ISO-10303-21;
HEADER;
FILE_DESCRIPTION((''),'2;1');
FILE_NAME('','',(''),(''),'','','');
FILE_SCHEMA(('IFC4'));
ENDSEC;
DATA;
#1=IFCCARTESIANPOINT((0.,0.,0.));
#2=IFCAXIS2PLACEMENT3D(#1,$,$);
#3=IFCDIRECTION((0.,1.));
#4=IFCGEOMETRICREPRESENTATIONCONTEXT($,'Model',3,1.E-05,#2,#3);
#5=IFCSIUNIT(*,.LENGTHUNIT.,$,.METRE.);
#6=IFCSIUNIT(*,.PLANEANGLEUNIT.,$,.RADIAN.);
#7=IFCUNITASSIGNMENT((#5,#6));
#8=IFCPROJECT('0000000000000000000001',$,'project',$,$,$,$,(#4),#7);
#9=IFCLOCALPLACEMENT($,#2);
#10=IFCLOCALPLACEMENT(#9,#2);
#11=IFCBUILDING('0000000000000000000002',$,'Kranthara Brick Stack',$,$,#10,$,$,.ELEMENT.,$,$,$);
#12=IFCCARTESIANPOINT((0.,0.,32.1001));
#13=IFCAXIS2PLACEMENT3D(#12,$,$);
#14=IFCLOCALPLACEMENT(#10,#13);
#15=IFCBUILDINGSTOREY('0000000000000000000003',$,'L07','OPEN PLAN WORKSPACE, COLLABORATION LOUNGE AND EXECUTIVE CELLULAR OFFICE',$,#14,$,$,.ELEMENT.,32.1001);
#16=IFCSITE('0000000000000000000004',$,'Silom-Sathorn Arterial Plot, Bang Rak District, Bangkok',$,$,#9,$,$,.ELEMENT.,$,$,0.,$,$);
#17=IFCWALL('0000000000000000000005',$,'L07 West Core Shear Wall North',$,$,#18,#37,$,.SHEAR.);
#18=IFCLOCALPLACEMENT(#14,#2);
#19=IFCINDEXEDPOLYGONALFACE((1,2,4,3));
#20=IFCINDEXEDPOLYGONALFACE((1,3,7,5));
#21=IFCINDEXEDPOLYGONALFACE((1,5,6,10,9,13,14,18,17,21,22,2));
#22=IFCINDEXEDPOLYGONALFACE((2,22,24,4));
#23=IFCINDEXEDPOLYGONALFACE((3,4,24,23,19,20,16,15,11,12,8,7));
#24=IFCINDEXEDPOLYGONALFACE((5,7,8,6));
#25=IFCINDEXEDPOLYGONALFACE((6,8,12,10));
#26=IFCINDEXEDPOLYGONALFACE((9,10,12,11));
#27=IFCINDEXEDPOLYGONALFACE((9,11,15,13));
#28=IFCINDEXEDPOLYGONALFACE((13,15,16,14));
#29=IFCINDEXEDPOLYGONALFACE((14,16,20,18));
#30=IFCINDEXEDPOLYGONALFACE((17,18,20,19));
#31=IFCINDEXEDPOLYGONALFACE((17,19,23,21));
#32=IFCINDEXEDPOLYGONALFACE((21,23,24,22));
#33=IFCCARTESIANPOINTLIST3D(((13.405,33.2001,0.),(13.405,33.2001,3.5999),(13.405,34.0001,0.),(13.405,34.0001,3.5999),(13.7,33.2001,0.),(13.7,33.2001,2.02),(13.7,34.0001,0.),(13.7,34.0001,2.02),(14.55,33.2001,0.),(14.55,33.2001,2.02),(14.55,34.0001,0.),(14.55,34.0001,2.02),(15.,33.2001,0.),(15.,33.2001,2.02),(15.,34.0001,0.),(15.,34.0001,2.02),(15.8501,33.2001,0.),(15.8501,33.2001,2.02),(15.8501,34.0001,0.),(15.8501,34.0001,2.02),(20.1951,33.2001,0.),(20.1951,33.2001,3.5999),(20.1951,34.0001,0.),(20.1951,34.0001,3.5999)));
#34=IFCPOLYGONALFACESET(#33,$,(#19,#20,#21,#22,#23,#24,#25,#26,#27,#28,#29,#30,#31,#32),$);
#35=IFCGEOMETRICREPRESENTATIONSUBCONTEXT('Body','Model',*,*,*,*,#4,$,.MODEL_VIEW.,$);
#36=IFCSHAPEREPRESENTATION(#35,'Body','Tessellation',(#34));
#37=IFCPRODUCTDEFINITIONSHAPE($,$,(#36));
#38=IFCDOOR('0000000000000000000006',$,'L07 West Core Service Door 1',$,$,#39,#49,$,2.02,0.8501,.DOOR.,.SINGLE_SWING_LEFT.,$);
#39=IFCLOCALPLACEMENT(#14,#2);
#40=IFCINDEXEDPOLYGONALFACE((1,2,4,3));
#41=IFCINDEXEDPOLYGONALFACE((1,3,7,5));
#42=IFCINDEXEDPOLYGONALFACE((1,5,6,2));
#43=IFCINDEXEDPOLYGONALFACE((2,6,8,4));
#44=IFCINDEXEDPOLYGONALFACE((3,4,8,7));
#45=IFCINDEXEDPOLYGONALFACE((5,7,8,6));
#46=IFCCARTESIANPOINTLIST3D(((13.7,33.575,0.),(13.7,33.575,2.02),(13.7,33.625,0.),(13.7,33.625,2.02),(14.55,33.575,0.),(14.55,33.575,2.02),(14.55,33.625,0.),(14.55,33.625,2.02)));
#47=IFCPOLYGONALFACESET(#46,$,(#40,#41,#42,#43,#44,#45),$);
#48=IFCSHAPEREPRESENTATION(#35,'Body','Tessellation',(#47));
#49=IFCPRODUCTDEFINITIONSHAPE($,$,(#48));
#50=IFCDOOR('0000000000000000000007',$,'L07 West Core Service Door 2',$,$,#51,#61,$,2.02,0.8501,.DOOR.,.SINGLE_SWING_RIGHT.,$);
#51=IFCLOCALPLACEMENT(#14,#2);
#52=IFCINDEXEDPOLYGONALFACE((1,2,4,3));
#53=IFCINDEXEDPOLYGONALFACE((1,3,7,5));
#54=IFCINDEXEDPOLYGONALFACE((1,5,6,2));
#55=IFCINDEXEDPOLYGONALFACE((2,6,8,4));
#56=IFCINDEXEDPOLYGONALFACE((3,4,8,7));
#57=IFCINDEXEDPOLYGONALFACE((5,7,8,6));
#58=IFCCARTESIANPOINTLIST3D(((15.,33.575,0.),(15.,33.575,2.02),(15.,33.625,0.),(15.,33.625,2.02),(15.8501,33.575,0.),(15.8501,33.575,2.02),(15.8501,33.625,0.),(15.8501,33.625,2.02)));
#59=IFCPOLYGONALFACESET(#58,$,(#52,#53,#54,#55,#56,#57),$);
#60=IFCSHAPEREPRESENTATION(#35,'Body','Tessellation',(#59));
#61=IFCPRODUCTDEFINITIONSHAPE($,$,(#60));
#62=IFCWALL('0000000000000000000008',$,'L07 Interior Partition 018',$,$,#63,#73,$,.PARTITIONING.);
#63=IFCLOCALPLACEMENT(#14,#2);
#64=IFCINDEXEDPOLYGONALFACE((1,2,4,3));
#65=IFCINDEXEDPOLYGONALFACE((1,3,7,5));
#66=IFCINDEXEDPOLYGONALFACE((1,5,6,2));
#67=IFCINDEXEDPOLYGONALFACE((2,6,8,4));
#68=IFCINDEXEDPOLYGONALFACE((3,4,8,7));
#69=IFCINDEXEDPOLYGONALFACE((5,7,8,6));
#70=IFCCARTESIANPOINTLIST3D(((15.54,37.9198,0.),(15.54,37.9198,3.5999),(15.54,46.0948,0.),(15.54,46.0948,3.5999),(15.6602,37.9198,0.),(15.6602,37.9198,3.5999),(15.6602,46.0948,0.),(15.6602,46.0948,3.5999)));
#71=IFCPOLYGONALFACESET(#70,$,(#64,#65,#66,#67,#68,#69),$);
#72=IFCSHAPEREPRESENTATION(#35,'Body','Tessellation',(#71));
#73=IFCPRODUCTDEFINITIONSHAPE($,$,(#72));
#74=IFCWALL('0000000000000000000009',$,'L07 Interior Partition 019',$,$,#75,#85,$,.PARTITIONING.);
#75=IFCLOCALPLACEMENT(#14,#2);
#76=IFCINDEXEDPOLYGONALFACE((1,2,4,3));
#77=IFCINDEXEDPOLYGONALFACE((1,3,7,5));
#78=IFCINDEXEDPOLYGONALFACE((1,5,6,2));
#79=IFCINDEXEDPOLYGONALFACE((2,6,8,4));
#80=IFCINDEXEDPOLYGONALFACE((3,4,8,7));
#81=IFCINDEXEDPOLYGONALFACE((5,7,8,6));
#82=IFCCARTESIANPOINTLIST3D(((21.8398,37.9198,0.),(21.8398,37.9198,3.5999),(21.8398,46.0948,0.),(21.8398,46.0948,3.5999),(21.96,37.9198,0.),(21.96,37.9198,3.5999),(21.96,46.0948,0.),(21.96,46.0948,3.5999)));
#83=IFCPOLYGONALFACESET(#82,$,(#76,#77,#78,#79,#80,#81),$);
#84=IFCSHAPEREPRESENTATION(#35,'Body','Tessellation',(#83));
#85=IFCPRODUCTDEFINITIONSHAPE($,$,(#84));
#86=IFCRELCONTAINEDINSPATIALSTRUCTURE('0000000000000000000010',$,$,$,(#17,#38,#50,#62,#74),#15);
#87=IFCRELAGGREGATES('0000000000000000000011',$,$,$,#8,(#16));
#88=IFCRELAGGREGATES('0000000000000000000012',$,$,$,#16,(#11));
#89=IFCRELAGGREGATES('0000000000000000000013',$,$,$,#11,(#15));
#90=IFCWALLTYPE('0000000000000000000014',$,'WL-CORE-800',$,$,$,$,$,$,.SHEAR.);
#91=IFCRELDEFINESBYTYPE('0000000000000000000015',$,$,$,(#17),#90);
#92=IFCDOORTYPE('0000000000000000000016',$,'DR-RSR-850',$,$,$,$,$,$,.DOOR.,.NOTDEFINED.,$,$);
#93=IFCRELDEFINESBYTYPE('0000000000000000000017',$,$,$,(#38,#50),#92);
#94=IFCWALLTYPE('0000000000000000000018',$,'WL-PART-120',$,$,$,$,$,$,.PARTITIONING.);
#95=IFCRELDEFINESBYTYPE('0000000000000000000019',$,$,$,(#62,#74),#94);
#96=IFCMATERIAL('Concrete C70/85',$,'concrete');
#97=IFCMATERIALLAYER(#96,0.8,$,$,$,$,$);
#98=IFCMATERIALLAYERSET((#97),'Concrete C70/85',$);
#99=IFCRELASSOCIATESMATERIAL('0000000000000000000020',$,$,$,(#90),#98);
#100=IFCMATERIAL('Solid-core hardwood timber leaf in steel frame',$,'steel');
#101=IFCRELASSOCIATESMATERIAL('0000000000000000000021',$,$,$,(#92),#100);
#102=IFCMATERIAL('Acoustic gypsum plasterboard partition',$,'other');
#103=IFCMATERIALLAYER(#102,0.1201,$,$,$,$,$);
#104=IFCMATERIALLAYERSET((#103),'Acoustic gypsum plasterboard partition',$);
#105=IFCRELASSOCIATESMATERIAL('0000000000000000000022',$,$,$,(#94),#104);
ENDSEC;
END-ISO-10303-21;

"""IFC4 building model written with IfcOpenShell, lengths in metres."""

from ifc_helpers import new_model, si_unit, direction, frame, frame_2d, origin, place, context, subcontext, project, spatial, rectangle, extrude, material, layer, layer_set, type_object, element, fill, save


model = new_model("IFC4")

# Units and contexts
model_context = context("Model", 3, precision=1e-05, world=origin(), true_north=direction((0.0, 1.0)))
body_context = subcontext(model_context, "Body", "Model", "MODEL_VIEW")
ifc_project = project(units=[si_unit("LENGTHUNIT", "METRE"), si_unit("PLANEANGLEUNIT", "RADIAN")], contexts=[model_context])

# Site, building, storey
site_placement = place(None, origin())
site = spatial("IfcSite", under=ifc_project, at=site_placement, Name="Silom-Sathorn Arterial Plot, Bang Rak District, Bangkok", CompositionType="ELEMENT", RefElevation=0.0)
building_placement = place(site_placement, origin())
building = spatial("IfcBuilding", under=site, at=building_placement, Name="Kranthara Brick Stack", CompositionType="ELEMENT")
storey_placement = place(building_placement, frame((0.0, 0.0, 32.1001)))
storey = spatial("IfcBuildingStorey", under=building, at=storey_placement, Name="L07", Description="OPEN PLAN WORKSPACE, COLLABORATION LOUNGE AND EXECUTIVE CELLULAR OFFICE", CompositionType="ELEMENT", Elevation=32.1001)

# Wall, openings, doors
ifc_material_1 = material(Name="Concrete C70/85", Category="concrete")
ifc_layer_1 = layer(ifc_material_1, 0.8)
ifc_layer_set_1 = layer_set([ifc_layer_1], Name="Concrete C70/85")
wall_type_1 = type_object("IfcWallType", Name="WL-CORE-800", PredefinedType="SHEAR", material=ifc_layer_set_1)
wall_1_placement = place(storey_placement, frame((13.405, 33.6001, 0.0), z_axis=(0.0, 0.0, 1.0), x_axis=(1.0, 0.0, 0.0)))
wall_1 = element("IfcWall", 1, at=wall_1_placement, inside=storey, type_object=wall_type_1, Name="L07 West Core Shear Wall North", PredefinedType="SHEAR", context=body_context, shape_type="SweptSolid", body=[
    extrude(rectangle(XDim=6.79, YDim=0.8, at=frame_2d((3.395, 0.0))), origin(), (0.0, 0.0, 1.0), 3.5999),
])
opening_1_placement = place(wall_1_placement, frame((0.2949, 0.0, 0.0)))
opening_1 = element("IfcOpeningElement", 2, at=opening_1_placement, cuts=wall_1, PredefinedType="OPENING", context=body_context, shape_type="SweptSolid", body=[
    extrude(rectangle(XDim=0.8501, YDim=2.02, at=frame_2d((0.425, 1.01))), frame((0.0, 0.4099, 0.0), z_axis=(0.0, -1.0, 0.0), x_axis=(1.0, 0.0, 0.0)), (0.0, 0.0, 1.0), 0.8201),
])
opening_2_placement = place(wall_1_placement, frame((1.595, 0.0, 0.0)))
opening_2 = element("IfcOpeningElement", 3, at=opening_2_placement, cuts=wall_1, PredefinedType="OPENING", context=body_context, shape_type="SweptSolid", body=[
    extrude(rectangle(XDim=0.8501, YDim=2.02, at=frame_2d((0.425, 1.01))), frame((0.0, 0.4099, 0.0), z_axis=(0.0, -1.0, 0.0), x_axis=(1.0, 0.0, 0.0)), (0.0, 0.0, 1.0), 0.8201),
])
ifc_material_2 = material(Name="Solid-core hardwood timber leaf in steel frame", Category="steel")
door_type_1 = type_object("IfcDoorType", Name="DR-RSR-850", OperationType="NOTDEFINED", PredefinedType="DOOR", material=ifc_material_2)
door_1_placement = place(opening_1_placement, origin())
door_1 = element("IfcDoor", 4, at=door_1_placement, inside=storey, type_object=door_type_1, Name="L07 West Core Service Door 1", OperationType="SINGLE_SWING_LEFT", OverallHeight=2.02, OverallWidth=0.8501, PredefinedType="DOOR", context=body_context, shape_type="SweptSolid", body=[
    extrude(rectangle(XDim=0.8501, YDim=2.02, at=frame_2d((0.425, 1.01))), frame((0.0, 0.0249, 0.0), z_axis=(0.0, -1.0, 0.0), x_axis=(1.0, 0.0, 0.0)), (0.0, 0.0, 1.0), 0.05),
])
fill(opening_1, door_1)
door_2_placement = place(opening_2_placement, origin())
door_2 = element("IfcDoor", 5, at=door_2_placement, inside=storey, type_object=door_type_1, Name="L07 West Core Service Door 2", OperationType="SINGLE_SWING_RIGHT", OverallHeight=2.02, OverallWidth=0.8501, PredefinedType="DOOR", context=body_context, shape_type="SweptSolid", body=[
    extrude(rectangle(XDim=0.8501, YDim=2.02, at=frame_2d((0.425, 1.01))), frame((0.0, 0.0249, 0.0), z_axis=(0.0, -1.0, 0.0), x_axis=(1.0, 0.0, 0.0)), (0.0, 0.0, 1.0), 0.05),
])
fill(opening_2, door_2)

# Walls
ifc_material_3 = material(Name="Acoustic gypsum plasterboard partition", Category="other")
ifc_layer_2 = layer(ifc_material_3, 0.1201)
ifc_layer_set_2 = layer_set([ifc_layer_2], Name="Acoustic gypsum plasterboard partition")
wall_type_2 = type_object("IfcWallType", Name="WL-PART-120", PredefinedType="PARTITIONING", material=ifc_layer_set_2)
for number, where, z_axis, x_axis, name in (
    (6, (15.6001, 37.9199, 0.0), (0.0, 0.0, 1.0), (0.0, 1.0, 0.0), "L07 Interior Partition 018"),
    (7, (21.8999, 37.9199, 0.0), (0.0, 0.0, 1.0), (0.0, 1.0, 0.0), "L07 Interior Partition 019"),
):
    element("IfcWall", number, at=place(storey_placement, frame(where, z_axis=z_axis, x_axis=x_axis)), inside=storey, type_object=wall_type_2, Name=name, PredefinedType="PARTITIONING", context=body_context, shape_type="SweptSolid", body=[
        extrude(rectangle(XDim=8.175, YDim=0.1201, at=frame_2d((4.0874, 0.0))), origin(), (0.0, 0.0, 1.0), 3.5999),
    ])

save(model, "model.ifc")
